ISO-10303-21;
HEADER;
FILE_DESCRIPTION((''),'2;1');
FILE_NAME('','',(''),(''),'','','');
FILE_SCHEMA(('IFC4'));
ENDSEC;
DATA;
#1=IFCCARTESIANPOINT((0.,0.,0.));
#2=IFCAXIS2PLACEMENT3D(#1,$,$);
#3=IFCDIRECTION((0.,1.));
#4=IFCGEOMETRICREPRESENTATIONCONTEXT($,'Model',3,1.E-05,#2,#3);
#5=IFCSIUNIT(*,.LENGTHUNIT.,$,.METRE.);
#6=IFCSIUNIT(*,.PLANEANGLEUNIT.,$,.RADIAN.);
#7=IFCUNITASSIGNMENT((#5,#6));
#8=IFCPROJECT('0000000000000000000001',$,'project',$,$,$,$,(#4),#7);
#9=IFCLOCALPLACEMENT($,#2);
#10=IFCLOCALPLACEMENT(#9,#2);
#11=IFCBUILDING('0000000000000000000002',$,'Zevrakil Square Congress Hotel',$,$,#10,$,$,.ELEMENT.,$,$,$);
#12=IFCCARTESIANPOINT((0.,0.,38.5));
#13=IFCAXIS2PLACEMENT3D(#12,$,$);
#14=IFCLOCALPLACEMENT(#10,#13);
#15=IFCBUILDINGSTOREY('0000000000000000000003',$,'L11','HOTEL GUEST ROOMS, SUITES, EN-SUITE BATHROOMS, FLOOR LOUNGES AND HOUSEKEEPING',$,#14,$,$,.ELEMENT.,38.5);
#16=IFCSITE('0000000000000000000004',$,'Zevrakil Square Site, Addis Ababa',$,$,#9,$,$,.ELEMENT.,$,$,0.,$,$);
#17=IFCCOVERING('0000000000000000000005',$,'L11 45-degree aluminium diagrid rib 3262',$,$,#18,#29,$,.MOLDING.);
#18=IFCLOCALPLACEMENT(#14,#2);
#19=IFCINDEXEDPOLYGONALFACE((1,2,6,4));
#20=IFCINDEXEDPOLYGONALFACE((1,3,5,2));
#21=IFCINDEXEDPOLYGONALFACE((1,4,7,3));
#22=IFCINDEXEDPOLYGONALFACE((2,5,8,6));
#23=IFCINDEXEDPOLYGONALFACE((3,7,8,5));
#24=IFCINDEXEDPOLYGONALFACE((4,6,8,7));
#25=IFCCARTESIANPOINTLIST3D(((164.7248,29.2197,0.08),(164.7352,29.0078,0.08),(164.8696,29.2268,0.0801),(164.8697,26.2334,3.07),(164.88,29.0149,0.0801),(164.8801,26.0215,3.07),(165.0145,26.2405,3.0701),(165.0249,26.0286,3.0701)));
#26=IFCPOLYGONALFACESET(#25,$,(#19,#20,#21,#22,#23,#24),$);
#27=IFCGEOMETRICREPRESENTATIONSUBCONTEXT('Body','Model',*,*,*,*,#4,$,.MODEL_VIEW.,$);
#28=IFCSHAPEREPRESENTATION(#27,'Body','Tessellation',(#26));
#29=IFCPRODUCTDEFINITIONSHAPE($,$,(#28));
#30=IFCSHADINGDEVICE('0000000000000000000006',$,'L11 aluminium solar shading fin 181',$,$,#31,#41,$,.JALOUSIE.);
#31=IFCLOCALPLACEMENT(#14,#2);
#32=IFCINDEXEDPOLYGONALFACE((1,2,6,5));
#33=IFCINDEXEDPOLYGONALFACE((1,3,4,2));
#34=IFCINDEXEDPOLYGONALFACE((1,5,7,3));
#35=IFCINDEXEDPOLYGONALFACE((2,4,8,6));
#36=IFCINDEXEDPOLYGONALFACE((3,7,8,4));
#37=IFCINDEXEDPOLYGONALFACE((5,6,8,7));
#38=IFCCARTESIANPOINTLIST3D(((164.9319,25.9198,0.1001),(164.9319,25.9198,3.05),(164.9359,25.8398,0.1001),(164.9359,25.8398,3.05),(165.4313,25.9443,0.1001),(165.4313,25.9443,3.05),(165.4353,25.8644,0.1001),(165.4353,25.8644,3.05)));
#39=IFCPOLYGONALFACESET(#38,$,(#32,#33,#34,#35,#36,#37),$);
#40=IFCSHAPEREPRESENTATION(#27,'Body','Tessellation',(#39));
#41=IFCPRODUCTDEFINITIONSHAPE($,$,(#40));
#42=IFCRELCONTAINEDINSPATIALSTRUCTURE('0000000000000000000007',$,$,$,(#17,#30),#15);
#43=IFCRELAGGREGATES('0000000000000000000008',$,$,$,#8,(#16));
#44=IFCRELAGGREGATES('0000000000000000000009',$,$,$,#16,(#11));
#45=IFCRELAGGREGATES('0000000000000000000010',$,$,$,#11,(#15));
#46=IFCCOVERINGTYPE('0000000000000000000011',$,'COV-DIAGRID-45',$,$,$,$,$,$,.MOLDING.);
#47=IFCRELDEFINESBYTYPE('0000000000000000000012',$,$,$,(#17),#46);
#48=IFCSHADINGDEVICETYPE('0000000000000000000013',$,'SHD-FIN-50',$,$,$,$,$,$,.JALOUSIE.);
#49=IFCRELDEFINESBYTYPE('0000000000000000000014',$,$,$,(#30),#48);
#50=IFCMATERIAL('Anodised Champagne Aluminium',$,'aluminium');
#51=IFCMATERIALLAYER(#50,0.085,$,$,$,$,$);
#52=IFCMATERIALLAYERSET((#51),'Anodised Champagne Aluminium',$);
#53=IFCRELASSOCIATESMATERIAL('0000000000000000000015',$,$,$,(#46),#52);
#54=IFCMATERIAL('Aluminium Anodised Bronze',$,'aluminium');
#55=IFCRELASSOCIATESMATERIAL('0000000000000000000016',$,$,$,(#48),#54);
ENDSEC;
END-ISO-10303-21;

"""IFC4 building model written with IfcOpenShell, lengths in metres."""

from ifc_helpers import new_model, si_unit, direction, frame, origin, origin_2d, place, context, subcontext, project, spatial, polyline, rectangle, outline, extrude, material, layer, layer_set, type_object, element, save


model = new_model("IFC4")

# Units and contexts
model_context = context("Model", 3, precision=1e-05, world=origin(), true_north=direction((0.0, 1.0)))
body_context = subcontext(model_context, "Body", "Model", "MODEL_VIEW")
ifc_project = project(units=[si_unit("LENGTHUNIT", "METRE"), si_unit("PLANEANGLEUNIT", "RADIAN")], contexts=[model_context])

# Site, building, storey
site_placement = place(None, origin())
site = spatial("IfcSite", under=ifc_project, at=site_placement, Name="Zevrakil Square Site, Addis Ababa", CompositionType="ELEMENT", RefElevation=0.0)
building_placement = place(site_placement, origin())
building = spatial("IfcBuilding", under=site, at=building_placement, Name="Zevrakil Square Congress Hotel", CompositionType="ELEMENT")
storey_placement = place(building_placement, frame((0.0, 0.0, 38.5)))
storey = spatial("IfcBuildingStorey", under=building, at=storey_placement, Name="L11", Description="HOTEL GUEST ROOMS, SUITES, EN-SUITE BATHROOMS, FLOOR LOUNGES AND HOUSEKEEPING", CompositionType="ELEMENT", Elevation=38.5)

# Covering
ifc_material_1 = material(Name="Anodised Champagne Aluminium", Category="aluminium")
ifc_layer_1 = layer(ifc_material_1, 0.085)
ifc_layer_set_1 = layer_set([ifc_layer_1], Name="Anodised Champagne Aluminium")
covering_type_1 = type_object("IfcCoveringType", Name="COV-DIAGRID-45", PredefinedType="MOLDING", material=ifc_layer_set_1)
covering_1_placement = place(storey_placement, frame((165.0249, 26.0286, 3.0701), z_axis=(0.998803, 0.048905, 0.000442), x_axis=(-0.048905, 0.998803, 0.0)))
element("IfcCovering", 1, at=covering_1_placement, inside=storey, type_object=covering_type_1, Name="L11 45-degree aluminium diagrid rib 3262", PredefinedType="MOLDING", context=body_context, shape_type="SweptSolid", body=[
    extrude(outline(polyline([(0.0, 0.0), (0.2122, 0.0), (3.202, -2.99), (2.9898, -2.99), (0.0, 0.0)])), origin(), (0.0, 0.0, -1.0), 0.145),
])

# Shading device
ifc_material_2 = material(Name="Aluminium Anodised Bronze", Category="aluminium")
shading_device_type = type_object("IfcShadingDeviceType", Name="SHD-FIN-50", PredefinedType="JALOUSIE", material=ifc_material_2)
shading_device_placement = place(storey_placement, frame((165.1836, 25.8921, 0.1001), z_axis=(0.0, 0.0, 1.0), x_axis=(0.998796, 0.049059, 0.0)))
element("IfcShadingDevice", 2, at=shading_device_placement, inside=storey, type_object=shading_device_type, Name="L11 aluminium solar shading fin 181", PredefinedType="JALOUSIE", context=body_context, shape_type="SweptSolid", body=[
    extrude(rectangle(XDim=0.5, YDim=0.0801, at=origin_2d()), origin(), (0.0, 0.0, 1.0), 2.95),
])

save(model, "model.ifc")
